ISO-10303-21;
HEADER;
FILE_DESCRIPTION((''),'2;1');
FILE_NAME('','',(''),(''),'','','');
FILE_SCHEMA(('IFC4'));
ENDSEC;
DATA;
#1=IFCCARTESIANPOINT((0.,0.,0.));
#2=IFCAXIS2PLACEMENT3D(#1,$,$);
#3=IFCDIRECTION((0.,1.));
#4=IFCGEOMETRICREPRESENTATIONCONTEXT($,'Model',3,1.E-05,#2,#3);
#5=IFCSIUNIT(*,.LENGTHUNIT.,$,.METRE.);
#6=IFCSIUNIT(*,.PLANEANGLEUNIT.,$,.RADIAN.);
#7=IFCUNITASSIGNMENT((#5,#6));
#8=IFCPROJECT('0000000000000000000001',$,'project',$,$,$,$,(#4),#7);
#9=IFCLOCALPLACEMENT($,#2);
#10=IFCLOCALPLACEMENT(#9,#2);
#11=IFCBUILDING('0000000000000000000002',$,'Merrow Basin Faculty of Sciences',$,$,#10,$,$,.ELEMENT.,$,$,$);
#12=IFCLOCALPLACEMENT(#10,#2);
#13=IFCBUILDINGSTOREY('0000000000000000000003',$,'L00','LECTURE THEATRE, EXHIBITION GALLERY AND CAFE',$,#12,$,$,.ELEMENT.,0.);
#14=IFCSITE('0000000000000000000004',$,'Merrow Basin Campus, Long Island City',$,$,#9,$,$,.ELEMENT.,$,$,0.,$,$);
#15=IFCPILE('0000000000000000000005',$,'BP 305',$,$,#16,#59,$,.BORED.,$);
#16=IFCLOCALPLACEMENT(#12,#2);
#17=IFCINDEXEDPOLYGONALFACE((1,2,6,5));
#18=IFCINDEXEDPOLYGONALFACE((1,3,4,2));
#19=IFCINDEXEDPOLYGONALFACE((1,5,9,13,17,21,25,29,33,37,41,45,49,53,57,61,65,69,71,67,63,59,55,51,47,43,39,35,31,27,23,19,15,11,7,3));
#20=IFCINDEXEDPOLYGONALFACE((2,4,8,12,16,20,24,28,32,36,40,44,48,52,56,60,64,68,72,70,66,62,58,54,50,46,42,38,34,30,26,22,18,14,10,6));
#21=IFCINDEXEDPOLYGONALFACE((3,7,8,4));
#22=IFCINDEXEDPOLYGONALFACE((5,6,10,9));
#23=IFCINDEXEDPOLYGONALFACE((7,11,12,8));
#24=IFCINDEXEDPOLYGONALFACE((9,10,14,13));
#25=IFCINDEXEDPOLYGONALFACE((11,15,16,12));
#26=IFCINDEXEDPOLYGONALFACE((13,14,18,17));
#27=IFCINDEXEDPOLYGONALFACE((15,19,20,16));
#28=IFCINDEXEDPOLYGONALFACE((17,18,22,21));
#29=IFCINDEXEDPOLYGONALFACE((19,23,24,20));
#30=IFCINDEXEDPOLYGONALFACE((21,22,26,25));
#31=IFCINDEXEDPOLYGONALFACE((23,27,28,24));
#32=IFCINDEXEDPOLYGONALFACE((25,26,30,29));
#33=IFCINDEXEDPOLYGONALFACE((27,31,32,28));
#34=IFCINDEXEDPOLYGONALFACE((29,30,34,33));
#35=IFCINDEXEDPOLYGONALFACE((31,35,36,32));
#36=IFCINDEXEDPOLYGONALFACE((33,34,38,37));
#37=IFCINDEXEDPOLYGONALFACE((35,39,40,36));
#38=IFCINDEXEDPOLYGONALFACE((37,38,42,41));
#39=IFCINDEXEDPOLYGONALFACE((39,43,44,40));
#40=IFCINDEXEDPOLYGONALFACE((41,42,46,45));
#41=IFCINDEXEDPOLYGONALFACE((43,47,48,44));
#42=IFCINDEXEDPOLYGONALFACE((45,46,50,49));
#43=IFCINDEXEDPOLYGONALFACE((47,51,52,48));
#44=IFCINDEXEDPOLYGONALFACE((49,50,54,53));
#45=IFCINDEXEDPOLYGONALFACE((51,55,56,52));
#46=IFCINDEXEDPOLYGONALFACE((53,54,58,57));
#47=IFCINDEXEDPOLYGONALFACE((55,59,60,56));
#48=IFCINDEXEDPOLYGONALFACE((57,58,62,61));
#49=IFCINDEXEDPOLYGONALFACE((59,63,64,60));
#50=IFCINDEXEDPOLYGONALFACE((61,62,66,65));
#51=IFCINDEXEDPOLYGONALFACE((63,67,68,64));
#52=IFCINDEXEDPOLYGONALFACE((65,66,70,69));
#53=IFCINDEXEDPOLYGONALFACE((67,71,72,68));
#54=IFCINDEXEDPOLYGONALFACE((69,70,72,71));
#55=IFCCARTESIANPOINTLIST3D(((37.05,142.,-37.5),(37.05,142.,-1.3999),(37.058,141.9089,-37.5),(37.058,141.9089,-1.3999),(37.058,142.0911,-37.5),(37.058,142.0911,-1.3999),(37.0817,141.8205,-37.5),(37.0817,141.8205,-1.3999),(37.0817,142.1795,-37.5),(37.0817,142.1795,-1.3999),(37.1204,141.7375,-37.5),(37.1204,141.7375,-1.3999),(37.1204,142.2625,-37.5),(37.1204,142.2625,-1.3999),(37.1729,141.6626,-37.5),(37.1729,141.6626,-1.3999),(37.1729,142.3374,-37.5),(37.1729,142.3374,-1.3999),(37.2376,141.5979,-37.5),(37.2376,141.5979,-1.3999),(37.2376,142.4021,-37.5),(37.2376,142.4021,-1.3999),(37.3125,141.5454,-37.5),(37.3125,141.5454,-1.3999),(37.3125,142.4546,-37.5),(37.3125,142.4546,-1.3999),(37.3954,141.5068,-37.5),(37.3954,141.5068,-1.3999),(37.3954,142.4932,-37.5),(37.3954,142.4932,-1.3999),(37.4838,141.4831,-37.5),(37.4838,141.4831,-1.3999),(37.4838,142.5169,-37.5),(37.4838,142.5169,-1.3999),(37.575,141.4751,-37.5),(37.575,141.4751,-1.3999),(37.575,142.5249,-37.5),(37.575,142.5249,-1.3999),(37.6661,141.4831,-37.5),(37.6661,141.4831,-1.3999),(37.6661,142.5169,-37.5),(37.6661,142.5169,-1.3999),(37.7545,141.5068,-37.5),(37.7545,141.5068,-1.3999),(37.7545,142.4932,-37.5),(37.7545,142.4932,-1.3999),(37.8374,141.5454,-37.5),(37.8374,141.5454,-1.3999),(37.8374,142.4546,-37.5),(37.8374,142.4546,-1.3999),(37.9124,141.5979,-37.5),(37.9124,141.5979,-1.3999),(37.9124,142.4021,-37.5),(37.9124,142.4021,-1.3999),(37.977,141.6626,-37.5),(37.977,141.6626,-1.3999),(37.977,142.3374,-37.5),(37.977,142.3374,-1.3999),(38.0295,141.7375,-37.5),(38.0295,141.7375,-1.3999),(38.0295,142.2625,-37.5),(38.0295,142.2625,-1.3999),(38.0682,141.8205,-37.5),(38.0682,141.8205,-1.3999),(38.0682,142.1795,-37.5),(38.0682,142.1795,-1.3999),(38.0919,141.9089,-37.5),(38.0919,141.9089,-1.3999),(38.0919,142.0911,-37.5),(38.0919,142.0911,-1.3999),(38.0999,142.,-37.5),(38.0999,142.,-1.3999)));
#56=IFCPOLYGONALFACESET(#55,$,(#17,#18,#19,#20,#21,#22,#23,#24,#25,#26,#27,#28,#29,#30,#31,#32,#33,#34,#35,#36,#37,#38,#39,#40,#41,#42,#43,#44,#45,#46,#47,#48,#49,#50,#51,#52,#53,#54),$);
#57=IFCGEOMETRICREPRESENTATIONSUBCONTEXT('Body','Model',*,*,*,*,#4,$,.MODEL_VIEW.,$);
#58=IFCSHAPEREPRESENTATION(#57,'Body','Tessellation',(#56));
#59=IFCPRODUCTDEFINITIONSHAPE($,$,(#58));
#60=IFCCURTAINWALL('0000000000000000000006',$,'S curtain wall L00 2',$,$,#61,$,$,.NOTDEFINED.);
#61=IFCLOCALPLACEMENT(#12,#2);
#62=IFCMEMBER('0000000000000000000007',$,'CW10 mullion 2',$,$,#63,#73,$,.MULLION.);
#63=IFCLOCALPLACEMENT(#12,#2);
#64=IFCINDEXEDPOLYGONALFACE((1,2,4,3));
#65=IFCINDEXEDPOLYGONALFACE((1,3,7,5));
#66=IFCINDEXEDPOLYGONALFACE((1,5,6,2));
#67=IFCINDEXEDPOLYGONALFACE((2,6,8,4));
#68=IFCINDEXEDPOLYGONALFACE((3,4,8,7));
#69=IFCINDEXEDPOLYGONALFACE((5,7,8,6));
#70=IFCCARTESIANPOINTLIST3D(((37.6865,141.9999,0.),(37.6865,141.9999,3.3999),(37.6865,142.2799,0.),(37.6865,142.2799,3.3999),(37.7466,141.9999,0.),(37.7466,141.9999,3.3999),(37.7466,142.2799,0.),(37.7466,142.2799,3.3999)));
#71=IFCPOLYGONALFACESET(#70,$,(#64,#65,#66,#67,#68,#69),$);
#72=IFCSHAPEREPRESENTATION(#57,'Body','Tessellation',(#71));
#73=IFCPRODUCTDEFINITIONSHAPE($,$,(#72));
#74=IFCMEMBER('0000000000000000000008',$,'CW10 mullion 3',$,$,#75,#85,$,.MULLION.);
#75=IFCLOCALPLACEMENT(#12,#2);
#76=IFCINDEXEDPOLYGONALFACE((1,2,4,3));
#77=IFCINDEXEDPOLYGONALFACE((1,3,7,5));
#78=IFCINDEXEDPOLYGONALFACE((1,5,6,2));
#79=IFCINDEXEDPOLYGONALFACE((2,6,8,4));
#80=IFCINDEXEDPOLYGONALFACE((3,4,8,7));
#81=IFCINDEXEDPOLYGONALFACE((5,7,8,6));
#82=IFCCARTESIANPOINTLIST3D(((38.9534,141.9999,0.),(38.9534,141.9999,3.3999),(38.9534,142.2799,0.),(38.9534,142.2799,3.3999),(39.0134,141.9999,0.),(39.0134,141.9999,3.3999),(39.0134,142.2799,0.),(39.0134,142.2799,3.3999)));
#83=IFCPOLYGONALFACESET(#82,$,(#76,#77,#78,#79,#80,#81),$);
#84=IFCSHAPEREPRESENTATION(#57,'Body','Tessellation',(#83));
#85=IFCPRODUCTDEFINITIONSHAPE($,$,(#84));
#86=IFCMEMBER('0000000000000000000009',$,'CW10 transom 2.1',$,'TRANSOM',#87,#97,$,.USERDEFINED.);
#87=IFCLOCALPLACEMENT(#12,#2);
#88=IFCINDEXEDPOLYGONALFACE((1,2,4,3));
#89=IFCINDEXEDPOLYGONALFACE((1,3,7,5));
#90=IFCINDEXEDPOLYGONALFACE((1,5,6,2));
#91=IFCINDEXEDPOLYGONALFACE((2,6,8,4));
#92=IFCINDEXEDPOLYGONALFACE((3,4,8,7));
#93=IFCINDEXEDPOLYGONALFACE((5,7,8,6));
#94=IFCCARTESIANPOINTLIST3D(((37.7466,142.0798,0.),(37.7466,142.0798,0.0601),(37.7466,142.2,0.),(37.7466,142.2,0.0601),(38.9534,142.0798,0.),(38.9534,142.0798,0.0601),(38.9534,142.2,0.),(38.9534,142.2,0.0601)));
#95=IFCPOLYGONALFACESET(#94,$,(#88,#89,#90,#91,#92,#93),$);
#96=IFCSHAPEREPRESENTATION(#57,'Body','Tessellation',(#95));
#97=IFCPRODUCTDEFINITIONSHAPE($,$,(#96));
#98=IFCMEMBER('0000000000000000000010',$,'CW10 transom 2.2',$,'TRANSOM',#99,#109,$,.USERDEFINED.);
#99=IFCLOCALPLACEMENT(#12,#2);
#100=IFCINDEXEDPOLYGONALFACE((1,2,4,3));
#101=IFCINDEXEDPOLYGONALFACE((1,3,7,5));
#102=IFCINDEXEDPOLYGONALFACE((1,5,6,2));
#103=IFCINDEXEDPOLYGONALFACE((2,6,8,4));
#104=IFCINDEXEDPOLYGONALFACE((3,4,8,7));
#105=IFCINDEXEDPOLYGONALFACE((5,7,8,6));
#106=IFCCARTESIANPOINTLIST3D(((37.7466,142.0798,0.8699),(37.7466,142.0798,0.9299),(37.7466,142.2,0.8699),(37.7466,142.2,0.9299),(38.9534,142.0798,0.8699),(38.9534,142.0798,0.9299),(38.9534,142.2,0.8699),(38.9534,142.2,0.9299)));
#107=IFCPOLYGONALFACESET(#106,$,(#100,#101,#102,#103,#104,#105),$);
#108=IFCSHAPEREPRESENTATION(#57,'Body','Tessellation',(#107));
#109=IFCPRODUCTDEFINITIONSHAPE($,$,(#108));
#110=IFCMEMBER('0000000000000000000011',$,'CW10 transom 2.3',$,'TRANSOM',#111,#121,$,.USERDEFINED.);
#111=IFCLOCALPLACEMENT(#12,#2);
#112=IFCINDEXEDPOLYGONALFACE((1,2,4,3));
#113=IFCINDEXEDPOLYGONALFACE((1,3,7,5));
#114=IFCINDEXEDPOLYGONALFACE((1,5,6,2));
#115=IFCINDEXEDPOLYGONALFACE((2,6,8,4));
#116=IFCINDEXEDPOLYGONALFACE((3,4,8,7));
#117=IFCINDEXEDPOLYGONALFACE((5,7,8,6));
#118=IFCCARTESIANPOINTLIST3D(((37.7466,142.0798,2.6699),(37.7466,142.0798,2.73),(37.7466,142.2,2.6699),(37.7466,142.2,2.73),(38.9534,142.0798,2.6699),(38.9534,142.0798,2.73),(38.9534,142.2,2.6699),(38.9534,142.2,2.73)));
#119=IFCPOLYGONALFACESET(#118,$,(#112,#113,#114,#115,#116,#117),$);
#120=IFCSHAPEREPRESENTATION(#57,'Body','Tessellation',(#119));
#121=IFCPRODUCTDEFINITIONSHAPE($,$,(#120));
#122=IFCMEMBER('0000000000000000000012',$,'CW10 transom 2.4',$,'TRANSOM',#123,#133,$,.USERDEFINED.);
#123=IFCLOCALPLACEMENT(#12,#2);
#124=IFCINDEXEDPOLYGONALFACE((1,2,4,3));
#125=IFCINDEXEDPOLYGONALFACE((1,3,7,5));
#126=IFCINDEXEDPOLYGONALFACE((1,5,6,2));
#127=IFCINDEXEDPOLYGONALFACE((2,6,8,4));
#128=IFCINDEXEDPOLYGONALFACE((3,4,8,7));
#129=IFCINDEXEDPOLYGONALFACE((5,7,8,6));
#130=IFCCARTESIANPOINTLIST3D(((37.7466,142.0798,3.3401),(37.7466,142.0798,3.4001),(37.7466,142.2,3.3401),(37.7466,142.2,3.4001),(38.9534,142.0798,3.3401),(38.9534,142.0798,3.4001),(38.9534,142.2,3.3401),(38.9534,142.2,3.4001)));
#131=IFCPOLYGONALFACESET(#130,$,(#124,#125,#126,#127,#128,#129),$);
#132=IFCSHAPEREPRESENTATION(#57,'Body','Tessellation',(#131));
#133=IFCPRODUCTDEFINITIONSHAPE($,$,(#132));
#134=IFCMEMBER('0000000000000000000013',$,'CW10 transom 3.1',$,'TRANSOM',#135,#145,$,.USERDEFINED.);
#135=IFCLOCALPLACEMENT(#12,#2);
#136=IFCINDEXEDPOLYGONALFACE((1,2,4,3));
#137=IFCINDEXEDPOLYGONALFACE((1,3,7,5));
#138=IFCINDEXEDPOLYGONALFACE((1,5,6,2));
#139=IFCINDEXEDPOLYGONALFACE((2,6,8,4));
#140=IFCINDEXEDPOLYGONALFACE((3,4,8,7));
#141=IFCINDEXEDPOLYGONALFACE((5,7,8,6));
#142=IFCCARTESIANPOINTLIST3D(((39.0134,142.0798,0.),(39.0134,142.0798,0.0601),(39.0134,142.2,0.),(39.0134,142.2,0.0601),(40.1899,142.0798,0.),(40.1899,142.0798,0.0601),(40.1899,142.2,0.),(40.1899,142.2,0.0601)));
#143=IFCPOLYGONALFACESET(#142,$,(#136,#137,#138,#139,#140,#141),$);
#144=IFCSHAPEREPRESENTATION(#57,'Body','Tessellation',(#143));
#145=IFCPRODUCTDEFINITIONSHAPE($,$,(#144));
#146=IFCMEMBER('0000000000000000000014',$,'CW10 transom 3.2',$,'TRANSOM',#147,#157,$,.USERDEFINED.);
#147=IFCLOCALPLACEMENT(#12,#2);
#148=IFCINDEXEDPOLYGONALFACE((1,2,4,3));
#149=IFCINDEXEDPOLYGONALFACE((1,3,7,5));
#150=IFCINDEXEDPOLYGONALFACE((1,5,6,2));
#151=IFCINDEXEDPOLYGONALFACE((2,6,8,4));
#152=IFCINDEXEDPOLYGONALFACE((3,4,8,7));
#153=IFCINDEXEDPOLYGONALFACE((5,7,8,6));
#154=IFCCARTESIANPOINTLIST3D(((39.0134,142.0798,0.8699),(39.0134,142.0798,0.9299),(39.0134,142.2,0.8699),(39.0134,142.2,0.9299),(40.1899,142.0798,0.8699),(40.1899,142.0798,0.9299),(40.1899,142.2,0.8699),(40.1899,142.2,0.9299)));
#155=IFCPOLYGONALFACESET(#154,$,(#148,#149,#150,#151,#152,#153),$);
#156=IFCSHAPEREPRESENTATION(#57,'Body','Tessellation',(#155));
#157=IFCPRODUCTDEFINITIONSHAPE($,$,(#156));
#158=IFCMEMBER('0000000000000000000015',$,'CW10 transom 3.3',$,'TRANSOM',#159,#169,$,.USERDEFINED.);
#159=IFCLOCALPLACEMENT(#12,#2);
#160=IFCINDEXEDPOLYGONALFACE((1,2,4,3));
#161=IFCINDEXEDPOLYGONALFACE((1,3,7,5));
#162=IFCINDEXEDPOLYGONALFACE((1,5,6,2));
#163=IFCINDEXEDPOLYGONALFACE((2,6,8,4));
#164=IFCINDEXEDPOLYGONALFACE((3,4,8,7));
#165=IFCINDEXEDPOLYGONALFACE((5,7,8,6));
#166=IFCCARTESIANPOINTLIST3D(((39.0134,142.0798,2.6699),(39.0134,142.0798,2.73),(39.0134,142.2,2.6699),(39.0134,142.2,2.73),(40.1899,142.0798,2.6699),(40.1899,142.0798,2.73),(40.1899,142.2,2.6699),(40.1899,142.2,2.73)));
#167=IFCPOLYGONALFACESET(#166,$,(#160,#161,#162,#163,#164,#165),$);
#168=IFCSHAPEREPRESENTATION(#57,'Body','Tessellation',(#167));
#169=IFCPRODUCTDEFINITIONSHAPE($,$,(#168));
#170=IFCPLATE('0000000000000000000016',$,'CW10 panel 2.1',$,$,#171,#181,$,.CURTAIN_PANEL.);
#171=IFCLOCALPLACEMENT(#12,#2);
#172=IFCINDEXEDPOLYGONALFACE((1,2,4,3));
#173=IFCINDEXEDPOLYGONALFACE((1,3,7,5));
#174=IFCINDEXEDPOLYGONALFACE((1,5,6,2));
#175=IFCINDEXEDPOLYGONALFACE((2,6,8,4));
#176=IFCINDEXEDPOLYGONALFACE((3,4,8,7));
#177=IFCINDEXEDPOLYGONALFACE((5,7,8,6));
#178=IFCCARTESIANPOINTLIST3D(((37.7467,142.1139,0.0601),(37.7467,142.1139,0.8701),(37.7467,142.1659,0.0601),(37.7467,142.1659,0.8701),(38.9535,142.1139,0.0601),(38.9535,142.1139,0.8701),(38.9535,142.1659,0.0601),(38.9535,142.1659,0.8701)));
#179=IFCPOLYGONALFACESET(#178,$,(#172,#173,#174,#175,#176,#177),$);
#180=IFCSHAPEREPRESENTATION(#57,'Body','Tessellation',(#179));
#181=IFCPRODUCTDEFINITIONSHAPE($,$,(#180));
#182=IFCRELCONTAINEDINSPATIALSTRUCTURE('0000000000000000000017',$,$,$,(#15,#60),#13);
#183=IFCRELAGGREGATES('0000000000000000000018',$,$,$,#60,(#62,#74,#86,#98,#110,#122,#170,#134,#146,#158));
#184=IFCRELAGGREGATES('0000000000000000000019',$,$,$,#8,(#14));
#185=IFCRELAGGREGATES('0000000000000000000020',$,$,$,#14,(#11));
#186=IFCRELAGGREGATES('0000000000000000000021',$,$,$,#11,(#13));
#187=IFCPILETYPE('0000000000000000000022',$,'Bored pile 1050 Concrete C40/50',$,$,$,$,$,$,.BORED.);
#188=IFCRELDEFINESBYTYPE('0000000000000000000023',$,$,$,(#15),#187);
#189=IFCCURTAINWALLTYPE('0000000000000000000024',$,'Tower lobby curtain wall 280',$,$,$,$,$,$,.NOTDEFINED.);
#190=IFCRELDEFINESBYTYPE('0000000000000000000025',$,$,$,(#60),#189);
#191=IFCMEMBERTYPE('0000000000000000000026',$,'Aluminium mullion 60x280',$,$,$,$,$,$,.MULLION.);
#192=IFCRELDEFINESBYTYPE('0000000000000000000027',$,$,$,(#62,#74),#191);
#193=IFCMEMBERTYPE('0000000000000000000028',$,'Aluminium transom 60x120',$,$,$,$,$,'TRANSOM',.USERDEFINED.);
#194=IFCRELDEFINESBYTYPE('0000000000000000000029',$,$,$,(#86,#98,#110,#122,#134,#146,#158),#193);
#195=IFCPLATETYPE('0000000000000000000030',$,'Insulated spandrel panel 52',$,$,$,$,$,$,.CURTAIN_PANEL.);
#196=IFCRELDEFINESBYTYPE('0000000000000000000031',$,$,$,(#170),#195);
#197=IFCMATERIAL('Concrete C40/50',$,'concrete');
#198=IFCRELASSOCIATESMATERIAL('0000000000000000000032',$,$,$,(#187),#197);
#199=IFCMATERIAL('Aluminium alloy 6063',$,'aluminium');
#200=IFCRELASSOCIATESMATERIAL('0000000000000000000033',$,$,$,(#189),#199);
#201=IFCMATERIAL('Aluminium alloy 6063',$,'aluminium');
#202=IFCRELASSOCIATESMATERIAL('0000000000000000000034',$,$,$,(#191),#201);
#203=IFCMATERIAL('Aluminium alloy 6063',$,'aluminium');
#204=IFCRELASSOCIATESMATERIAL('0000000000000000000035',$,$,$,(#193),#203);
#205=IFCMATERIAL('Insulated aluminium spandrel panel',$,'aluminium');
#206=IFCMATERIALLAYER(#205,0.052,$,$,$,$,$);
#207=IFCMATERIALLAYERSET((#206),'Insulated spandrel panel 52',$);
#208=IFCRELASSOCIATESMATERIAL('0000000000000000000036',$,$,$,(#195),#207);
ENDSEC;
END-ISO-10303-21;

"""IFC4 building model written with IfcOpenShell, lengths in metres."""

from ifc_helpers import new_model, si_unit, direction, frame, origin, origin_2d, place, context, subcontext, project, spatial, rectangle, circle, extrude, material, layer, layer_set, material_profile, profile_set, type_object, element, aggregate, save


model = new_model("IFC4")

# Units and contexts
model_context = context("Model", 3, precision=1e-05, world=origin(), true_north=direction((0.0, 1.0)))
body_context = subcontext(model_context, "Body", "Model", "MODEL_VIEW")
ifc_project = project(units=[si_unit("LENGTHUNIT", "METRE"), si_unit("PLANEANGLEUNIT", "RADIAN")], contexts=[model_context])

# Site, building, storey
site_placement = place(None, origin())
site = spatial("IfcSite", under=ifc_project, at=site_placement, Name="Merrow Basin Campus, Long Island City", CompositionType="ELEMENT", RefElevation=0.0)
building_placement = place(site_placement, origin())
building = spatial("IfcBuilding", under=site, at=building_placement, Name="Merrow Basin Faculty of Sciences", CompositionType="ELEMENT")
storey_placement = place(building_placement, origin())
storey = spatial("IfcBuildingStorey", under=building, at=storey_placement, Name="L00", Description="LECTURE THEATRE, EXHIBITION GALLERY AND CAFE", CompositionType="ELEMENT", Elevation=0.0)

# Pile
ifc_material_1 = material(Name="Concrete C40/50", Category="concrete")
ifc_material_profile_1 = material_profile(ifc_material_1, circle(Radius=0.5249, at=origin_2d()))
ifc_profile_set_1 = profile_set([ifc_material_profile_1], Name="Concrete C40/50")
pile_type = type_object("IfcPileType", Name="Bored pile 1050 Concrete C40/50", PredefinedType="BORED", material=ifc_profile_set_1)
pile_placement = place(storey_placement, frame((37.575, 142.0, -1.3999), z_axis=(0.0, 0.0, -1.0), x_axis=(1.0, 0.0, 0.0)))
element("IfcPile", 1, at=pile_placement, inside=storey, type_object=pile_type, Name="BP 305", PredefinedType="BORED", context=body_context, shape_type="SweptSolid", body=[
    extrude(circle(Radius=0.5249, at=origin_2d()), origin(), (0.0, 0.0, 1.0), 36.1001),
])

# Curtain wall, members, plate
ifc_material_2 = material(Name="Aluminium alloy 6063", Category="aluminium")
curtain_wall_type = type_object("IfcCurtainWallType", Name="Tower lobby curtain wall 280", PredefinedType="NOTDEFINED", material=ifc_material_2)
curtain_wall_placement = place(storey_placement, origin())
curtain_wall = element("IfcCurtainWall", 2, at=curtain_wall_placement, inside=storey, type_object=curtain_wall_type, Name="S curtain wall L00 2", PredefinedType="NOTDEFINED")
ifc_material_3 = material(Name="Aluminium alloy 6063", Category="aluminium")
ifc_material_profile_2 = material_profile(ifc_material_3, rectangle(XDim=0.28, YDim=0.0601, at=origin_2d()))
ifc_profile_set_2 = profile_set([ifc_material_profile_2], Name="Aluminium alloy 6063")
member_type_1 = type_object("IfcMemberType", Name="Aluminium mullion 60x280", PredefinedType="MULLION", material=ifc_profile_set_2)
member_1_placement = place(storey_placement, frame((37.7166, 142.1399, 0.0), z_axis=(0.0, 0.0, 1.0), x_axis=(0.0, 1.0, 0.0)))
member_1 = element("IfcMember", 3, at=member_1_placement, type_object=member_type_1, Name="CW10 mullion 2", PredefinedType="MULLION", context=body_context, shape_type="SweptSolid", body=[
    extrude(rectangle(XDim=0.28, YDim=0.0601, at=origin_2d()), origin(), (0.0, 0.0, 1.0), 3.3999),
])
member_2_placement = place(storey_placement, frame((38.9834, 142.1399, 0.0), z_axis=(0.0, 0.0, 1.0), x_axis=(0.0, 1.0, 0.0)))
member_2 = element("IfcMember", 4, at=member_2_placement, type_object=member_type_1, Name="CW10 mullion 3", PredefinedType="MULLION", context=body_context, shape_type="SweptSolid", body=[
    extrude(rectangle(XDim=0.28, YDim=0.0601, at=origin_2d()), origin(), (0.0, 0.0, 1.0), 3.3999),
])
ifc_material_4 = material(Name="Aluminium alloy 6063", Category="aluminium")
ifc_material_profile_3 = material_profile(ifc_material_4, rectangle(XDim=0.1201, YDim=0.0601, at=origin_2d()))
ifc_profile_set_3 = profile_set([ifc_material_profile_3], Name="Aluminium alloy 6063")
member_type_2 = type_object("IfcMemberType", Name="Aluminium transom 60x120", ElementType="TRANSOM", PredefinedType="USERDEFINED", material=ifc_profile_set_3)
member_3_placement = place(storey_placement, frame((37.7466, 142.1399, 0.03), z_axis=(1.0, 0.0, 0.0), x_axis=(0.0, 1.0, 0.0)))
member_3 = element("IfcMember", 5, at=member_3_placement, type_object=member_type_2, Name="CW10 transom 2.1", ObjectType="TRANSOM", PredefinedType="USERDEFINED", context=body_context, shape_type="SweptSolid", body=[
    extrude(rectangle(XDim=0.1201, YDim=0.0601, at=origin_2d()), origin(), (0.0, 0.0, 1.0), 1.2068),
])
member_4_placement = place(storey_placement, frame((37.7466, 142.1399, 0.8999), z_axis=(1.0, 0.0, 0.0), x_axis=(0.0, 1.0, 0.0)))
member_4 = element("IfcMember", 6, at=member_4_placement, type_object=member_type_2, Name="CW10 transom 2.2", ObjectType="TRANSOM", PredefinedType="USERDEFINED", context=body_context, shape_type="SweptSolid", body=[
    extrude(rectangle(XDim=0.1201, YDim=0.0601, at=origin_2d()), origin(), (0.0, 0.0, 1.0), 1.2068),
])
member_5_placement = place(storey_placement, frame((37.7466, 142.1399, 2.7), z_axis=(1.0, 0.0, 0.0), x_axis=(0.0, 1.0, 0.0)))
member_5 = element("IfcMember", 7, at=member_5_placement, type_object=member_type_2, Name="CW10 transom 2.3", ObjectType="TRANSOM", PredefinedType="USERDEFINED", context=body_context, shape_type="SweptSolid", body=[
    extrude(rectangle(XDim=0.1201, YDim=0.0601, at=origin_2d()), origin(), (0.0, 0.0, 1.0), 1.2068),
])
member_6_placement = place(storey_placement, frame((37.7466, 142.1399, 3.3701), z_axis=(1.0, 0.0, 0.0), x_axis=(0.0, 1.0, 0.0)))
member_6 = element("IfcMember", 8, at=member_6_placement, type_object=member_type_2, Name="CW10 transom 2.4", ObjectType="TRANSOM", PredefinedType="USERDEFINED", context=body_context, shape_type="SweptSolid", body=[
    extrude(rectangle(XDim=0.1201, YDim=0.0601, at=origin_2d()), origin(), (0.0, 0.0, 1.0), 1.2068),
])
member_7_placement = place(storey_placement, frame((39.0134, 142.1399, 0.03), z_axis=(1.0, 0.0, 0.0), x_axis=(0.0, 1.0, 0.0)))
member_7 = element("IfcMember", 9, at=member_7_placement, type_object=member_type_2, Name="CW10 transom 3.1", ObjectType="TRANSOM", PredefinedType="USERDEFINED", context=body_context, shape_type="SweptSolid", body=[
    extrude(rectangle(XDim=0.1201, YDim=0.0601, at=origin_2d()), origin(), (0.0, 0.0, 1.0), 1.1765),
])
member_8_placement = place(storey_placement, frame((39.0134, 142.1399, 0.8999), z_axis=(1.0, 0.0, 0.0), x_axis=(0.0, 1.0, 0.0)))
member_8 = element("IfcMember", 10, at=member_8_placement, type_object=member_type_2, Name="CW10 transom 3.2", ObjectType="TRANSOM", PredefinedType="USERDEFINED", context=body_context, shape_type="SweptSolid", body=[
    extrude(rectangle(XDim=0.1201, YDim=0.0601, at=origin_2d()), origin(), (0.0, 0.0, 1.0), 1.1765),
])
member_9_placement = place(storey_placement, frame((39.0134, 142.1399, 2.7), z_axis=(1.0, 0.0, 0.0), x_axis=(0.0, 1.0, 0.0)))
member_9 = element("IfcMember", 11, at=member_9_placement, type_object=member_type_2, Name="CW10 transom 3.3", ObjectType="TRANSOM", PredefinedType="USERDEFINED", context=body_context, shape_type="SweptSolid", body=[
    extrude(rectangle(XDim=0.1201, YDim=0.0601, at=origin_2d()), origin(), (0.0, 0.0, 1.0), 1.1765),
])
ifc_material_5 = material(Name="Insulated aluminium spandrel panel", Category="aluminium")
ifc_layer_1 = layer(ifc_material_5, 0.052)
ifc_layer_set_1 = layer_set([ifc_layer_1], Name="Insulated spandrel panel 52")
plate_type_1 = type_object("IfcPlateType", Name="Insulated spandrel panel 52", PredefinedType="CURTAIN_PANEL", material=ifc_layer_set_1)
plate_1_placement = place(storey_placement, frame((38.3501, 142.1399, 0.0601), z_axis=(0.0, 0.0, 1.0), x_axis=(1.0, 0.0, 0.0)))
plate_1 = element("IfcPlate", 12, at=plate_1_placement, type_object=plate_type_1, Name="CW10 panel 2.1", PredefinedType="CURTAIN_PANEL", context=body_context, shape_type="SweptSolid", body=[
    extrude(rectangle(XDim=1.2068, YDim=0.052, at=origin_2d()), origin(), (0.0, 0.0, 1.0), 0.8101),
])
aggregate(curtain_wall, [member_1, member_2, member_3, member_4, member_5, member_6, plate_1, member_7, member_8, member_9])

save(model, "model.ifc")
